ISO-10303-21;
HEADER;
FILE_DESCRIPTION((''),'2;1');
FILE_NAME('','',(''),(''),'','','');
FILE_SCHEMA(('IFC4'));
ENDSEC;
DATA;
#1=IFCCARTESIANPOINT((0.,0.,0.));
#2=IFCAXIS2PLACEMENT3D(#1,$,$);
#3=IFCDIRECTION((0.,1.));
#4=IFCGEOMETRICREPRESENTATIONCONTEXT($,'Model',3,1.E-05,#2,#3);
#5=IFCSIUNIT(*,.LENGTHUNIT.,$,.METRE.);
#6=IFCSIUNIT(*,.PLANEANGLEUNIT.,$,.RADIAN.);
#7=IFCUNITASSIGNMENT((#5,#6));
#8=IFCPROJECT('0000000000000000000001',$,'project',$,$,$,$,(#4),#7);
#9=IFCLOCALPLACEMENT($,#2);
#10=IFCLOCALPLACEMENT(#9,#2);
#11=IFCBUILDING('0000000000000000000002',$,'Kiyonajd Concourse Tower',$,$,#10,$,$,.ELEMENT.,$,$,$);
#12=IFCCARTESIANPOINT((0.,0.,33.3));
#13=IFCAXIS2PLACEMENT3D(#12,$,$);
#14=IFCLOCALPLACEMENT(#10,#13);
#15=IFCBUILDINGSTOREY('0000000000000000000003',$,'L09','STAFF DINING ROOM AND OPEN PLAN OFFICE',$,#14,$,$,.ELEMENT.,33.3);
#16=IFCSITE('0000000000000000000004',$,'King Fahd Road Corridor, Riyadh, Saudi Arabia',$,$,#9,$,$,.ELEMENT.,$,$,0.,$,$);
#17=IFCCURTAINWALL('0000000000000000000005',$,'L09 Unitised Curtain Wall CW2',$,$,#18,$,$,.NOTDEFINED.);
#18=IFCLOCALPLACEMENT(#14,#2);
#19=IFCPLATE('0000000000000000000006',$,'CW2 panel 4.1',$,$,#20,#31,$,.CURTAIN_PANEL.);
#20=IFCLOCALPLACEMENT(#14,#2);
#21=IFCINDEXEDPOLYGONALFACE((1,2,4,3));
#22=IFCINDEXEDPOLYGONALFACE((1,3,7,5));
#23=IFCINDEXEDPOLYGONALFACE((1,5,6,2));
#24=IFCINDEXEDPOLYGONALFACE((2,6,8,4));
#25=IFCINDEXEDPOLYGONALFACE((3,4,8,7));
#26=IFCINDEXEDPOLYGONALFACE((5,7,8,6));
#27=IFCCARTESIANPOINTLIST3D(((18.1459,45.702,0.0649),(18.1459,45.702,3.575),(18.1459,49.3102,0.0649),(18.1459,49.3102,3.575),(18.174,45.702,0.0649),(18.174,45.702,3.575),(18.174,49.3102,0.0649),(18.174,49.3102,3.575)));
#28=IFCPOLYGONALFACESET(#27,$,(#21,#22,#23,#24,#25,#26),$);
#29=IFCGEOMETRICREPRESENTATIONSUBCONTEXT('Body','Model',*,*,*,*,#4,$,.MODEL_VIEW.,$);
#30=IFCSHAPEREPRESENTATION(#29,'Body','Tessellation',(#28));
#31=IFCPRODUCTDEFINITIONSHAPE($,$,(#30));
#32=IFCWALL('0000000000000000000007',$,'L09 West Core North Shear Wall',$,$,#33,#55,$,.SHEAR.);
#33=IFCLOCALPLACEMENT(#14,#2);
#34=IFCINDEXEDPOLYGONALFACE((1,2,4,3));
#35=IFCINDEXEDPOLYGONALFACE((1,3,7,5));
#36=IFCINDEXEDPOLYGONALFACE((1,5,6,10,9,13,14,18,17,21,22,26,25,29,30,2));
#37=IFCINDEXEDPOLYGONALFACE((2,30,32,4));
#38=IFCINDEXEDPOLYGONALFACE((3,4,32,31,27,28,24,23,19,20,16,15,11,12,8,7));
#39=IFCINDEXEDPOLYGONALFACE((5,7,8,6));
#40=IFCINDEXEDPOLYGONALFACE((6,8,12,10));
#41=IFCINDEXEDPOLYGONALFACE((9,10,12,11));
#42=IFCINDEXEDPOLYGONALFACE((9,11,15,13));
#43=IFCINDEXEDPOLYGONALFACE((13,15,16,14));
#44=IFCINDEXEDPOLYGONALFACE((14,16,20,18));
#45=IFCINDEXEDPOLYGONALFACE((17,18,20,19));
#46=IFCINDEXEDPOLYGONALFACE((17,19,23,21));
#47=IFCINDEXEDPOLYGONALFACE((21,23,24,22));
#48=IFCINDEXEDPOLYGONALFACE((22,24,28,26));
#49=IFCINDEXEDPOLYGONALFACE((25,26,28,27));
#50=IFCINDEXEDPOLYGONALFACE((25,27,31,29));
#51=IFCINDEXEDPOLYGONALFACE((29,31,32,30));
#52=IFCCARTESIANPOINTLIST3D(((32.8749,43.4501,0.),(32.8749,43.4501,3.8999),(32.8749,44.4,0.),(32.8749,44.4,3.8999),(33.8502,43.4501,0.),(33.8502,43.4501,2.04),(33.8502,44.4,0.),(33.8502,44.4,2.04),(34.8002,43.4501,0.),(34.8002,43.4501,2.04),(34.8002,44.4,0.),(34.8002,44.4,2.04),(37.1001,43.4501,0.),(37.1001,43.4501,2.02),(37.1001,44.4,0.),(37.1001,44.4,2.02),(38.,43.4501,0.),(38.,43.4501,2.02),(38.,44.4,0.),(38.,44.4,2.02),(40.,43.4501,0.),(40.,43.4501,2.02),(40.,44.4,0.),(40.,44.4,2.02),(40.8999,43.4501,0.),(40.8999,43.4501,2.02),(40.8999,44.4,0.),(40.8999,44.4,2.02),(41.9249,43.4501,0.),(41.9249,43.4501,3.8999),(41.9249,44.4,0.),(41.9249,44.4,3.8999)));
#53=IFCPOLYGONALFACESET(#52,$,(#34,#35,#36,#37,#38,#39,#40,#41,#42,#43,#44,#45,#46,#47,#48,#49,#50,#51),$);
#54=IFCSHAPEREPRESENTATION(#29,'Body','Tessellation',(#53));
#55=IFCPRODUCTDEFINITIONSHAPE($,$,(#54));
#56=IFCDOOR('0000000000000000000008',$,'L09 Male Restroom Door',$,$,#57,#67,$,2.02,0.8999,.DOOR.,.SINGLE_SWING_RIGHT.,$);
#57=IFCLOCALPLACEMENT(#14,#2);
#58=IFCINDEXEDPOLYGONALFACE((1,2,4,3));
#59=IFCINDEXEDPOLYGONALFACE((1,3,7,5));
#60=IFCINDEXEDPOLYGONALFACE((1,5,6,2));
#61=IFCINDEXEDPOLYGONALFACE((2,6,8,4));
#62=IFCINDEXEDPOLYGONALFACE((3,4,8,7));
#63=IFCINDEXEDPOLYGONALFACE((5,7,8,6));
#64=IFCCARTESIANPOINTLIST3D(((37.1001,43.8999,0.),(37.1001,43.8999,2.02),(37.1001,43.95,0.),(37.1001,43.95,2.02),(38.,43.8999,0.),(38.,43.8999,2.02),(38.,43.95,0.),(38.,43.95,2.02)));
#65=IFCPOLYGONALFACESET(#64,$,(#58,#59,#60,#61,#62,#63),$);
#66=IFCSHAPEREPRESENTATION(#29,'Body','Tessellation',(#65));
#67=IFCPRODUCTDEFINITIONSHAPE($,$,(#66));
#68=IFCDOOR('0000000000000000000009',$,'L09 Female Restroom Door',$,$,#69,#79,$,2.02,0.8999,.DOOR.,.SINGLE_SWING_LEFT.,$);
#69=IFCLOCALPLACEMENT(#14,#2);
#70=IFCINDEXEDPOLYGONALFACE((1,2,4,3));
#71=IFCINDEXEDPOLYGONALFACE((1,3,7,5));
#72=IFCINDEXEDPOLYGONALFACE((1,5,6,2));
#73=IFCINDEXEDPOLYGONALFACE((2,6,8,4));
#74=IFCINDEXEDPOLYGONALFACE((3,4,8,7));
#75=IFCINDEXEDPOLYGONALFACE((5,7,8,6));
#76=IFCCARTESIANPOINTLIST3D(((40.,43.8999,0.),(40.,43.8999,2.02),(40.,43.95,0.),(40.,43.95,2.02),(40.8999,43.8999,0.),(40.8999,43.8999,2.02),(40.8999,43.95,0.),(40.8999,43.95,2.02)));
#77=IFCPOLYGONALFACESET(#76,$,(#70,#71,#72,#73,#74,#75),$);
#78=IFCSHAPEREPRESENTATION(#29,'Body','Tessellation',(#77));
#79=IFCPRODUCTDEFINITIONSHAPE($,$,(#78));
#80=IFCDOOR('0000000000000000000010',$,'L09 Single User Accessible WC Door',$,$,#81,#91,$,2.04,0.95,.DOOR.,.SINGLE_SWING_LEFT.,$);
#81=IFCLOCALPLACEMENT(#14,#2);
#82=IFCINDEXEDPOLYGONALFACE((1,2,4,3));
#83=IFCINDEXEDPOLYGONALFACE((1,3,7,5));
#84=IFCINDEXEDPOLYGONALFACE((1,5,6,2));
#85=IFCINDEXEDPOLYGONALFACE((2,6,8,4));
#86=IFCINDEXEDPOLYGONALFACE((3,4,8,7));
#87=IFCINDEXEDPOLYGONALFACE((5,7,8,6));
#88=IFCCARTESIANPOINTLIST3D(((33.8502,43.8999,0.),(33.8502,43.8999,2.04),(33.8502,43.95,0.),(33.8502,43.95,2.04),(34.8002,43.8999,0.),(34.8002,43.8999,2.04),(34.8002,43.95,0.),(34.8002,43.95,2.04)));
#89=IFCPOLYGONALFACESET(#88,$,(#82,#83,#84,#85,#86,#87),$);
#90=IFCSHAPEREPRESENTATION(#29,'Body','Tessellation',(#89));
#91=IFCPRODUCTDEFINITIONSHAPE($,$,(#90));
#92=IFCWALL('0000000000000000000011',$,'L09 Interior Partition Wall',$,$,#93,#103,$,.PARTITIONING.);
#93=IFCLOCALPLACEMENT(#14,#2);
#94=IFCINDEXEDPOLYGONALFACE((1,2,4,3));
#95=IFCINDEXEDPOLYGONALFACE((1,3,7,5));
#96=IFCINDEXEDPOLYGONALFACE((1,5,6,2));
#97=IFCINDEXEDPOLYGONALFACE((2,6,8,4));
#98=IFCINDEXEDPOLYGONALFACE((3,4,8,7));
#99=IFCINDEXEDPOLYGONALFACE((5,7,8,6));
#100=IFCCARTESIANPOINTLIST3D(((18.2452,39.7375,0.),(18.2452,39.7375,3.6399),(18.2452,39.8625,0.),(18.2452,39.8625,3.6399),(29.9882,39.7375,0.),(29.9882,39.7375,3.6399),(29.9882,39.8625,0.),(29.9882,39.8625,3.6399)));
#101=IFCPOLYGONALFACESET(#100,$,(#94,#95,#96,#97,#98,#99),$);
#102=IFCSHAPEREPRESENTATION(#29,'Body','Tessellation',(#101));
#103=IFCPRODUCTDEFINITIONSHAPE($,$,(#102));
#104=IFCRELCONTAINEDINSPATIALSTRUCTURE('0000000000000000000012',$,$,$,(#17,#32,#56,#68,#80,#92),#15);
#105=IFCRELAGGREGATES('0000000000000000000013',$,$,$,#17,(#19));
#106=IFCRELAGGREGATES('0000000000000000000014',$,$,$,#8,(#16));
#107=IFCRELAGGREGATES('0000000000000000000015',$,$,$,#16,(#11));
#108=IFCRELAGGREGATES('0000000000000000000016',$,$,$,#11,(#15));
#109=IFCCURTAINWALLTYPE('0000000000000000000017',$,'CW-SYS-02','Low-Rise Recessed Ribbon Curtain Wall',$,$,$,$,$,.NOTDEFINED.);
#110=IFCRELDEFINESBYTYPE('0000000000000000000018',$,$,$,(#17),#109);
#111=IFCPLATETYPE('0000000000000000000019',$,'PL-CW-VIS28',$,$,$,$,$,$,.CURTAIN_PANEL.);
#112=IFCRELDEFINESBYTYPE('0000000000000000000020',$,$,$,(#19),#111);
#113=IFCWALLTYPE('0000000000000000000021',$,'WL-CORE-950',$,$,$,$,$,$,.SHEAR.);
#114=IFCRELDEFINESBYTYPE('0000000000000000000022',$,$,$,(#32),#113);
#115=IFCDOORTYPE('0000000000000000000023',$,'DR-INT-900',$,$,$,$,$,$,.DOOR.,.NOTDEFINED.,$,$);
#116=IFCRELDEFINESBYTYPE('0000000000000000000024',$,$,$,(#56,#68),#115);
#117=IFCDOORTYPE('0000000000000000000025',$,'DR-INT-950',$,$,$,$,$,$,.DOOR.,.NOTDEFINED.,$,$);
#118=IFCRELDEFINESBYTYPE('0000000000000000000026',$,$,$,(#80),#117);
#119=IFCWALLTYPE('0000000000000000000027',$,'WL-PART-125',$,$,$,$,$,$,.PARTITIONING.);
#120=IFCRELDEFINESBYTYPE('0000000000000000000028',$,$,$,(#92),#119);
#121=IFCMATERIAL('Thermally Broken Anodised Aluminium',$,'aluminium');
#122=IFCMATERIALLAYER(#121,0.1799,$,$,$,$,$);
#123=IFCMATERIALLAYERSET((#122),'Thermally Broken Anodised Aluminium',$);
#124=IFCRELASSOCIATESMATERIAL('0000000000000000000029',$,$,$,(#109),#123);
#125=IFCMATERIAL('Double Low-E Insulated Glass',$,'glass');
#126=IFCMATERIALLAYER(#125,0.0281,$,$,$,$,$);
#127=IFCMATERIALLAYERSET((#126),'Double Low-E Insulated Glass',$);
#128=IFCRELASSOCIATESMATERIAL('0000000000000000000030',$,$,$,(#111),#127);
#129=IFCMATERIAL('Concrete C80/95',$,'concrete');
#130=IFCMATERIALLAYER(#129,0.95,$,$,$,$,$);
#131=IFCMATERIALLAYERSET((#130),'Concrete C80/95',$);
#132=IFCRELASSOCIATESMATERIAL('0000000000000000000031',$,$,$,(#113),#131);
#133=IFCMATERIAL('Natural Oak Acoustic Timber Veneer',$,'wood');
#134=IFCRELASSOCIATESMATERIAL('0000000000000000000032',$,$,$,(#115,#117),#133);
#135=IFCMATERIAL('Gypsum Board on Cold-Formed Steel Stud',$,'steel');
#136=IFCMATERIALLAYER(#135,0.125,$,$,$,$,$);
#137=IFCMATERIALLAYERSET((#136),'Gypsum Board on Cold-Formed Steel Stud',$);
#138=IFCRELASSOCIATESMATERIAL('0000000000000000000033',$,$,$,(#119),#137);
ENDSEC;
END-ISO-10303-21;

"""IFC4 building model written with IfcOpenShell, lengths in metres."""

from ifc_helpers import new_model, si_unit, direction, frame, frame_2d, origin, origin_2d, place, context, subcontext, project, spatial, rectangle, extrude, material, layer, layer_set, type_object, element, fill, aggregate, save


model = new_model("IFC4")

# Units and contexts
model_context = context("Model", 3, precision=1e-05, world=origin(), true_north=direction((0.0, 1.0)))
body_context = subcontext(model_context, "Body", "Model", "MODEL_VIEW")
ifc_project = project(units=[si_unit("LENGTHUNIT", "METRE"), si_unit("PLANEANGLEUNIT", "RADIAN")], contexts=[model_context])

# Site, building, storey
site_placement = place(None, origin())
site = spatial("IfcSite", under=ifc_project, at=site_placement, Name="King Fahd Road Corridor, Riyadh, Saudi Arabia", CompositionType="ELEMENT", RefElevation=0.0)
building_placement = place(site_placement, origin())
building = spatial("IfcBuilding", under=site, at=building_placement, Name="Kiyonajd Concourse Tower", CompositionType="ELEMENT")
storey_placement = place(building_placement, frame((0.0, 0.0, 33.3)))
storey = spatial("IfcBuildingStorey", under=building, at=storey_placement, Name="L09", Description="STAFF DINING ROOM AND OPEN PLAN OFFICE", CompositionType="ELEMENT", Elevation=33.3)

# Shared definitions
ifc_material_1 = material(Name="Concrete C80/95", Category="concrete")

# Curtain wall, plate
ifc_material_2 = material(Name="Thermally Broken Anodised Aluminium", Category="aluminium")
ifc_layer_1 = layer(ifc_material_2, 0.1799)
ifc_layer_set_1 = layer_set([ifc_layer_1], Name="Thermally Broken Anodised Aluminium")
curtain_wall_type = type_object("IfcCurtainWallType", Name="CW-SYS-02", Description="Low-Rise Recessed Ribbon Curtain Wall", PredefinedType="NOTDEFINED", material=ifc_layer_set_1)
curtain_wall_placement = place(storey_placement, origin())
curtain_wall = element("IfcCurtainWall", 1, at=curtain_wall_placement, inside=storey, type_object=curtain_wall_type, Name="L09 Unitised Curtain Wall CW2", PredefinedType="NOTDEFINED")
ifc_material_3 = material(Name="Double Low-E Insulated Glass", Category="glass")
ifc_layer_2 = layer(ifc_material_3, 0.0281)
ifc_layer_set_2 = layer_set([ifc_layer_2], Name="Double Low-E Insulated Glass")
plate_type = type_object("IfcPlateType", Name="PL-CW-VIS28", PredefinedType="CURTAIN_PANEL", material=ifc_layer_set_2)
plate_placement = place(storey_placement, frame((18.1599, 47.5061, 0.0649), z_axis=(0.0, 0.0, 1.0), x_axis=(0.0, 1.0, 0.0)))
plate = element("IfcPlate", 2, at=plate_placement, type_object=plate_type, Name="CW2 panel 4.1", PredefinedType="CURTAIN_PANEL", context=body_context, shape_type="SweptSolid", body=[
    extrude(rectangle(XDim=3.6082, YDim=0.0281, at=origin_2d()), origin(), (0.0, 0.0, 1.0), 3.51),
])
aggregate(curtain_wall, [plate])

# Wall, openings, doors
ifc_layer_3 = layer(ifc_material_1, 0.95)
ifc_layer_set_3 = layer_set([ifc_layer_3], Name="Concrete C80/95")
wall_type_1 = type_object("IfcWallType", Name="WL-CORE-950", PredefinedType="SHEAR", material=ifc_layer_set_3)
wall_1_placement = place(storey_placement, frame((32.875, 43.925, 0.0), z_axis=(0.0, 0.0, 1.0), x_axis=(1.0, 0.0, 0.0)))
wall_1 = element("IfcWall", 3, at=wall_1_placement, inside=storey, type_object=wall_type_1, Name="L09 West Core North Shear Wall", PredefinedType="SHEAR", context=body_context, shape_type="SweptSolid", body=[
    extrude(rectangle(XDim=9.05, YDim=0.95, at=frame_2d((4.5249, 0.0))), origin(), (0.0, 0.0, 1.0), 3.8999),
])
opening_1_placement = place(wall_1_placement, frame((0.9751, 0.0, 0.0)))
opening_1 = element("IfcOpeningElement", 4, at=opening_1_placement, cuts=wall_1, PredefinedType="OPENING", context=body_context, shape_type="SweptSolid", body=[
    extrude(rectangle(XDim=0.95, YDim=2.04, at=frame_2d((0.4751, 1.02))), frame((0.0, 0.4849, 0.0), z_axis=(0.0, -1.0, 0.0), x_axis=(1.0, 0.0, 0.0)), (0.0, 0.0, 1.0), 0.97),
])
opening_2_placement = place(wall_1_placement, frame((4.2251, 0.0, 0.0)))
opening_2 = element("IfcOpeningElement", 5, at=opening_2_placement, cuts=wall_1, PredefinedType="OPENING", context=body_context, shape_type="SweptSolid", body=[
    extrude(rectangle(XDim=0.8999, YDim=2.02, at=frame_2d((0.45, 1.01))), frame((0.0, 0.4849, 0.0), z_axis=(0.0, -1.0, 0.0), x_axis=(1.0, 0.0, 0.0)), (0.0, 0.0, 1.0), 0.97),
])
opening_3_placement = place(wall_1_placement, frame((7.125, 0.0, 0.0)))
opening_3 = element("IfcOpeningElement", 6, at=opening_3_placement, cuts=wall_1, PredefinedType="OPENING", context=body_context, shape_type="SweptSolid", body=[
    extrude(rectangle(XDim=0.8999, YDim=2.02, at=frame_2d((0.45, 1.01))), frame((0.0, 0.4849, 0.0), z_axis=(0.0, -1.0, 0.0), x_axis=(1.0, 0.0, 0.0)), (0.0, 0.0, 1.0), 0.97),
])
ifc_material_4 = material(Name="Natural Oak Acoustic Timber Veneer", Category="wood")
door_type_1 = type_object("IfcDoorType", Name="DR-INT-900", OperationType="NOTDEFINED", PredefinedType="DOOR", material=ifc_material_4)
door_1_placement = place(opening_2_placement, origin())
door_1 = element("IfcDoor", 7, at=door_1_placement, inside=storey, type_object=door_type_1, Name="L09 Male Restroom Door", OperationType="SINGLE_SWING_RIGHT", OverallHeight=2.02, OverallWidth=0.8999, PredefinedType="DOOR", context=body_context, shape_type="SweptSolid", body=[
    extrude(rectangle(XDim=0.8999, YDim=2.02, at=frame_2d((0.45, 1.01))), frame((0.0, 0.0249, 0.0), z_axis=(0.0, -1.0, 0.0), x_axis=(1.0, 0.0, 0.0)), (0.0, 0.0, 1.0), 0.05),
])
fill(opening_2, door_1)
door_2_placement = place(opening_3_placement, origin())
door_2 = element("IfcDoor", 8, at=door_2_placement, inside=storey, type_object=door_type_1, Name="L09 Female Restroom Door", OperationType="SINGLE_SWING_LEFT", OverallHeight=2.02, OverallWidth=0.8999, PredefinedType="DOOR", context=body_context, shape_type="SweptSolid", body=[
    extrude(rectangle(XDim=0.8999, YDim=2.02, at=frame_2d((0.45, 1.01))), frame((0.0, 0.0249, 0.0), z_axis=(0.0, -1.0, 0.0), x_axis=(1.0, 0.0, 0.0)), (0.0, 0.0, 1.0), 0.05),
])
fill(opening_3, door_2)
door_type_2 = type_object("IfcDoorType", Name="DR-INT-950", OperationType="NOTDEFINED", PredefinedType="DOOR", material=ifc_material_4)
door_3_placement = place(opening_1_placement, origin())
door_3 = element("IfcDoor", 9, at=door_3_placement, inside=storey, type_object=door_type_2, Name="L09 Single User Accessible WC Door", OperationType="SINGLE_SWING_LEFT", OverallHeight=2.04, OverallWidth=0.95, PredefinedType="DOOR", context=body_context, shape_type="SweptSolid", body=[
    extrude(rectangle(XDim=0.95, YDim=2.04, at=frame_2d((0.4751, 1.02))), frame((0.0, 0.0249, 0.0), z_axis=(0.0, -1.0, 0.0), x_axis=(1.0, 0.0, 0.0)), (0.0, 0.0, 1.0), 0.05),
])
fill(opening_1, door_3)

# Wall
ifc_material_5 = material(Name="Gypsum Board on Cold-Formed Steel Stud", Category="steel")
ifc_layer_4 = layer(ifc_material_5, 0.125)
ifc_layer_set_4 = layer_set([ifc_layer_4], Name="Gypsum Board on Cold-Formed Steel Stud")
wall_type_2 = type_object("IfcWallType", Name="WL-PART-125", PredefinedType="PARTITIONING", material=ifc_layer_set_4)
wall_2_placement = place(storey_placement, frame((18.2451, 39.8, 0.0), z_axis=(0.0, 0.0, 1.0), x_axis=(1.0, 0.0, 0.0)))
element("IfcWall", 10, at=wall_2_placement, inside=storey, type_object=wall_type_2, Name="L09 Interior Partition Wall", PredefinedType="PARTITIONING", context=body_context, shape_type="SweptSolid", body=[
    extrude(rectangle(XDim=11.7429, YDim=0.125, at=frame_2d((5.8716, 0.0))), origin(), (0.0, 0.0, 1.0), 3.6399),
])

save(model, "model.ifc")
